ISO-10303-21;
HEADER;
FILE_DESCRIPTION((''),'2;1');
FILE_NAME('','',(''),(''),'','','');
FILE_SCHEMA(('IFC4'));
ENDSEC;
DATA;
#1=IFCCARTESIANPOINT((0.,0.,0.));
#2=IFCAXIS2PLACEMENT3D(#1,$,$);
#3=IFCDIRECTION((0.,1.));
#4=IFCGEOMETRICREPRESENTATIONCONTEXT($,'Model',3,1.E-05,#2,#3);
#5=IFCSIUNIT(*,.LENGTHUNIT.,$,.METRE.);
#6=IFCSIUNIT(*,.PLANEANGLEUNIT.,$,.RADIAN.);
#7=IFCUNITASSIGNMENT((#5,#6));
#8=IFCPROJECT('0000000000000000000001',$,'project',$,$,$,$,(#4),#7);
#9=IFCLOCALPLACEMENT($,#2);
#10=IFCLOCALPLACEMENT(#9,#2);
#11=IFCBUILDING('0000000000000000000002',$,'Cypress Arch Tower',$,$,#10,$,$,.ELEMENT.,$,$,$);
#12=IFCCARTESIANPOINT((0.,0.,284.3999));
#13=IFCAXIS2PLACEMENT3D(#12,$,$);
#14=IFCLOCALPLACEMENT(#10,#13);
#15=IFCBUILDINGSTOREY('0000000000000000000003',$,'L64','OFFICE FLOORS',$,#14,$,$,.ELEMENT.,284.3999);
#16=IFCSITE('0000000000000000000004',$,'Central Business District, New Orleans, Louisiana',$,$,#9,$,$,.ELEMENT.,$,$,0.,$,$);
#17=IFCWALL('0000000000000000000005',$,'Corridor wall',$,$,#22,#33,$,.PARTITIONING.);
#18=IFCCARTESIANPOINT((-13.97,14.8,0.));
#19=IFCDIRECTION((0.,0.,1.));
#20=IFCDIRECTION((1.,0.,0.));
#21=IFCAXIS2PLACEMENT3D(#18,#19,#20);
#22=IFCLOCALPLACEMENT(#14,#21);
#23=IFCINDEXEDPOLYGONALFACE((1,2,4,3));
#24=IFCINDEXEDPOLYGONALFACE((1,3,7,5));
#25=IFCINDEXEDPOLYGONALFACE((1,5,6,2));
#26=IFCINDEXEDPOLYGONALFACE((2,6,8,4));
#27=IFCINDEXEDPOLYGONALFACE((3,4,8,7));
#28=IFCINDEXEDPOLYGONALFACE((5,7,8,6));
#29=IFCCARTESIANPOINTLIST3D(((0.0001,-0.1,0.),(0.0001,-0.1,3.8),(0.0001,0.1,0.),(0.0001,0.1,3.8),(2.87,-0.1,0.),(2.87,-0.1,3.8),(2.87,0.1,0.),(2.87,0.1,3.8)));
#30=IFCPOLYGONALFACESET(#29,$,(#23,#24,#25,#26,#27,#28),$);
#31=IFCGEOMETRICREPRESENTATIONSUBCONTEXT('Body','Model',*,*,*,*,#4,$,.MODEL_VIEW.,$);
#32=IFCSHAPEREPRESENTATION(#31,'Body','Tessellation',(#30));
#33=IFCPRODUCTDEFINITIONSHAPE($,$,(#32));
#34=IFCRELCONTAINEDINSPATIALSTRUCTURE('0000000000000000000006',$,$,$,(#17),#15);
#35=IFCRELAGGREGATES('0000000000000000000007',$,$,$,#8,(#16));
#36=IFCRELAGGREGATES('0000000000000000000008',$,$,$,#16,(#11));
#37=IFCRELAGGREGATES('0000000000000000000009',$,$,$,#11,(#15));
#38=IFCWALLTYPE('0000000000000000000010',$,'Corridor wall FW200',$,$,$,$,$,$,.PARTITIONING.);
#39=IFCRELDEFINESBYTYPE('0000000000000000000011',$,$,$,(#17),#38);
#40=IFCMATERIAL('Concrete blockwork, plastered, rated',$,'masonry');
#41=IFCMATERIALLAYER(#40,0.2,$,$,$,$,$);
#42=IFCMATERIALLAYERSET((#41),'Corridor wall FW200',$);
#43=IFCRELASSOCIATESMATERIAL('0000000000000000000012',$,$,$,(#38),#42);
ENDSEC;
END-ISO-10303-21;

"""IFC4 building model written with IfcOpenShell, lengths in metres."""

from ifc_helpers import new_model, si_unit, direction, frame, frame_2d, origin, place, context, subcontext, project, spatial, rectangle, extrude, material, layer, layer_set, type_object, element, save


model = new_model("IFC4")

# Units and contexts
model_context = context("Model", 3, precision=1e-05, world=origin(), true_north=direction((0.0, 1.0)))
body_context = subcontext(model_context, "Body", "Model", "MODEL_VIEW")
ifc_project = project(units=[si_unit("LENGTHUNIT", "METRE"), si_unit("PLANEANGLEUNIT", "RADIAN")], contexts=[model_context])

# Site, building, storey
site_placement = place(None, origin())
site = spatial("IfcSite", under=ifc_project, at=site_placement, Name="Central Business District, New Orleans, Louisiana", CompositionType="ELEMENT", RefElevation=0.0)
building_placement = place(site_placement, origin())
building = spatial("IfcBuilding", under=site, at=building_placement, Name="Cypress Arch Tower", CompositionType="ELEMENT")
storey_placement = place(building_placement, frame((0.0, 0.0, 284.3999)))
storey = spatial("IfcBuildingStorey", under=building, at=storey_placement, Name="L64", Description="OFFICE FLOORS", CompositionType="ELEMENT", Elevation=284.3999)

# Wall
ifc_material_1 = material(Name="Concrete blockwork, plastered, rated", Category="masonry")
ifc_layer_1 = layer(ifc_material_1, 0.2)
ifc_layer_set_1 = layer_set([ifc_layer_1], Name="Corridor wall FW200")
wall_type_1 = type_object("IfcWallType", Name="Corridor wall FW200", PredefinedType="PARTITIONING", material=ifc_layer_set_1)
wall_1_placement = place(storey_placement, frame((-13.97, 14.8, 0.0), z_axis=(0.0, 0.0, 1.0), x_axis=(1.0, 0.0, 0.0)))
element("IfcWall", 1, at=wall_1_placement, inside=storey, type_object=wall_type_1, Name="Corridor wall", PredefinedType="PARTITIONING", context=body_context, shape_type="SweptSolid", body=[
    extrude(rectangle(XDim=2.8699, YDim=0.2, at=frame_2d((1.4351, 0.0))), origin(), (0.0, 0.0, 1.0), 3.8),
])

save(model, "model.ifc")
